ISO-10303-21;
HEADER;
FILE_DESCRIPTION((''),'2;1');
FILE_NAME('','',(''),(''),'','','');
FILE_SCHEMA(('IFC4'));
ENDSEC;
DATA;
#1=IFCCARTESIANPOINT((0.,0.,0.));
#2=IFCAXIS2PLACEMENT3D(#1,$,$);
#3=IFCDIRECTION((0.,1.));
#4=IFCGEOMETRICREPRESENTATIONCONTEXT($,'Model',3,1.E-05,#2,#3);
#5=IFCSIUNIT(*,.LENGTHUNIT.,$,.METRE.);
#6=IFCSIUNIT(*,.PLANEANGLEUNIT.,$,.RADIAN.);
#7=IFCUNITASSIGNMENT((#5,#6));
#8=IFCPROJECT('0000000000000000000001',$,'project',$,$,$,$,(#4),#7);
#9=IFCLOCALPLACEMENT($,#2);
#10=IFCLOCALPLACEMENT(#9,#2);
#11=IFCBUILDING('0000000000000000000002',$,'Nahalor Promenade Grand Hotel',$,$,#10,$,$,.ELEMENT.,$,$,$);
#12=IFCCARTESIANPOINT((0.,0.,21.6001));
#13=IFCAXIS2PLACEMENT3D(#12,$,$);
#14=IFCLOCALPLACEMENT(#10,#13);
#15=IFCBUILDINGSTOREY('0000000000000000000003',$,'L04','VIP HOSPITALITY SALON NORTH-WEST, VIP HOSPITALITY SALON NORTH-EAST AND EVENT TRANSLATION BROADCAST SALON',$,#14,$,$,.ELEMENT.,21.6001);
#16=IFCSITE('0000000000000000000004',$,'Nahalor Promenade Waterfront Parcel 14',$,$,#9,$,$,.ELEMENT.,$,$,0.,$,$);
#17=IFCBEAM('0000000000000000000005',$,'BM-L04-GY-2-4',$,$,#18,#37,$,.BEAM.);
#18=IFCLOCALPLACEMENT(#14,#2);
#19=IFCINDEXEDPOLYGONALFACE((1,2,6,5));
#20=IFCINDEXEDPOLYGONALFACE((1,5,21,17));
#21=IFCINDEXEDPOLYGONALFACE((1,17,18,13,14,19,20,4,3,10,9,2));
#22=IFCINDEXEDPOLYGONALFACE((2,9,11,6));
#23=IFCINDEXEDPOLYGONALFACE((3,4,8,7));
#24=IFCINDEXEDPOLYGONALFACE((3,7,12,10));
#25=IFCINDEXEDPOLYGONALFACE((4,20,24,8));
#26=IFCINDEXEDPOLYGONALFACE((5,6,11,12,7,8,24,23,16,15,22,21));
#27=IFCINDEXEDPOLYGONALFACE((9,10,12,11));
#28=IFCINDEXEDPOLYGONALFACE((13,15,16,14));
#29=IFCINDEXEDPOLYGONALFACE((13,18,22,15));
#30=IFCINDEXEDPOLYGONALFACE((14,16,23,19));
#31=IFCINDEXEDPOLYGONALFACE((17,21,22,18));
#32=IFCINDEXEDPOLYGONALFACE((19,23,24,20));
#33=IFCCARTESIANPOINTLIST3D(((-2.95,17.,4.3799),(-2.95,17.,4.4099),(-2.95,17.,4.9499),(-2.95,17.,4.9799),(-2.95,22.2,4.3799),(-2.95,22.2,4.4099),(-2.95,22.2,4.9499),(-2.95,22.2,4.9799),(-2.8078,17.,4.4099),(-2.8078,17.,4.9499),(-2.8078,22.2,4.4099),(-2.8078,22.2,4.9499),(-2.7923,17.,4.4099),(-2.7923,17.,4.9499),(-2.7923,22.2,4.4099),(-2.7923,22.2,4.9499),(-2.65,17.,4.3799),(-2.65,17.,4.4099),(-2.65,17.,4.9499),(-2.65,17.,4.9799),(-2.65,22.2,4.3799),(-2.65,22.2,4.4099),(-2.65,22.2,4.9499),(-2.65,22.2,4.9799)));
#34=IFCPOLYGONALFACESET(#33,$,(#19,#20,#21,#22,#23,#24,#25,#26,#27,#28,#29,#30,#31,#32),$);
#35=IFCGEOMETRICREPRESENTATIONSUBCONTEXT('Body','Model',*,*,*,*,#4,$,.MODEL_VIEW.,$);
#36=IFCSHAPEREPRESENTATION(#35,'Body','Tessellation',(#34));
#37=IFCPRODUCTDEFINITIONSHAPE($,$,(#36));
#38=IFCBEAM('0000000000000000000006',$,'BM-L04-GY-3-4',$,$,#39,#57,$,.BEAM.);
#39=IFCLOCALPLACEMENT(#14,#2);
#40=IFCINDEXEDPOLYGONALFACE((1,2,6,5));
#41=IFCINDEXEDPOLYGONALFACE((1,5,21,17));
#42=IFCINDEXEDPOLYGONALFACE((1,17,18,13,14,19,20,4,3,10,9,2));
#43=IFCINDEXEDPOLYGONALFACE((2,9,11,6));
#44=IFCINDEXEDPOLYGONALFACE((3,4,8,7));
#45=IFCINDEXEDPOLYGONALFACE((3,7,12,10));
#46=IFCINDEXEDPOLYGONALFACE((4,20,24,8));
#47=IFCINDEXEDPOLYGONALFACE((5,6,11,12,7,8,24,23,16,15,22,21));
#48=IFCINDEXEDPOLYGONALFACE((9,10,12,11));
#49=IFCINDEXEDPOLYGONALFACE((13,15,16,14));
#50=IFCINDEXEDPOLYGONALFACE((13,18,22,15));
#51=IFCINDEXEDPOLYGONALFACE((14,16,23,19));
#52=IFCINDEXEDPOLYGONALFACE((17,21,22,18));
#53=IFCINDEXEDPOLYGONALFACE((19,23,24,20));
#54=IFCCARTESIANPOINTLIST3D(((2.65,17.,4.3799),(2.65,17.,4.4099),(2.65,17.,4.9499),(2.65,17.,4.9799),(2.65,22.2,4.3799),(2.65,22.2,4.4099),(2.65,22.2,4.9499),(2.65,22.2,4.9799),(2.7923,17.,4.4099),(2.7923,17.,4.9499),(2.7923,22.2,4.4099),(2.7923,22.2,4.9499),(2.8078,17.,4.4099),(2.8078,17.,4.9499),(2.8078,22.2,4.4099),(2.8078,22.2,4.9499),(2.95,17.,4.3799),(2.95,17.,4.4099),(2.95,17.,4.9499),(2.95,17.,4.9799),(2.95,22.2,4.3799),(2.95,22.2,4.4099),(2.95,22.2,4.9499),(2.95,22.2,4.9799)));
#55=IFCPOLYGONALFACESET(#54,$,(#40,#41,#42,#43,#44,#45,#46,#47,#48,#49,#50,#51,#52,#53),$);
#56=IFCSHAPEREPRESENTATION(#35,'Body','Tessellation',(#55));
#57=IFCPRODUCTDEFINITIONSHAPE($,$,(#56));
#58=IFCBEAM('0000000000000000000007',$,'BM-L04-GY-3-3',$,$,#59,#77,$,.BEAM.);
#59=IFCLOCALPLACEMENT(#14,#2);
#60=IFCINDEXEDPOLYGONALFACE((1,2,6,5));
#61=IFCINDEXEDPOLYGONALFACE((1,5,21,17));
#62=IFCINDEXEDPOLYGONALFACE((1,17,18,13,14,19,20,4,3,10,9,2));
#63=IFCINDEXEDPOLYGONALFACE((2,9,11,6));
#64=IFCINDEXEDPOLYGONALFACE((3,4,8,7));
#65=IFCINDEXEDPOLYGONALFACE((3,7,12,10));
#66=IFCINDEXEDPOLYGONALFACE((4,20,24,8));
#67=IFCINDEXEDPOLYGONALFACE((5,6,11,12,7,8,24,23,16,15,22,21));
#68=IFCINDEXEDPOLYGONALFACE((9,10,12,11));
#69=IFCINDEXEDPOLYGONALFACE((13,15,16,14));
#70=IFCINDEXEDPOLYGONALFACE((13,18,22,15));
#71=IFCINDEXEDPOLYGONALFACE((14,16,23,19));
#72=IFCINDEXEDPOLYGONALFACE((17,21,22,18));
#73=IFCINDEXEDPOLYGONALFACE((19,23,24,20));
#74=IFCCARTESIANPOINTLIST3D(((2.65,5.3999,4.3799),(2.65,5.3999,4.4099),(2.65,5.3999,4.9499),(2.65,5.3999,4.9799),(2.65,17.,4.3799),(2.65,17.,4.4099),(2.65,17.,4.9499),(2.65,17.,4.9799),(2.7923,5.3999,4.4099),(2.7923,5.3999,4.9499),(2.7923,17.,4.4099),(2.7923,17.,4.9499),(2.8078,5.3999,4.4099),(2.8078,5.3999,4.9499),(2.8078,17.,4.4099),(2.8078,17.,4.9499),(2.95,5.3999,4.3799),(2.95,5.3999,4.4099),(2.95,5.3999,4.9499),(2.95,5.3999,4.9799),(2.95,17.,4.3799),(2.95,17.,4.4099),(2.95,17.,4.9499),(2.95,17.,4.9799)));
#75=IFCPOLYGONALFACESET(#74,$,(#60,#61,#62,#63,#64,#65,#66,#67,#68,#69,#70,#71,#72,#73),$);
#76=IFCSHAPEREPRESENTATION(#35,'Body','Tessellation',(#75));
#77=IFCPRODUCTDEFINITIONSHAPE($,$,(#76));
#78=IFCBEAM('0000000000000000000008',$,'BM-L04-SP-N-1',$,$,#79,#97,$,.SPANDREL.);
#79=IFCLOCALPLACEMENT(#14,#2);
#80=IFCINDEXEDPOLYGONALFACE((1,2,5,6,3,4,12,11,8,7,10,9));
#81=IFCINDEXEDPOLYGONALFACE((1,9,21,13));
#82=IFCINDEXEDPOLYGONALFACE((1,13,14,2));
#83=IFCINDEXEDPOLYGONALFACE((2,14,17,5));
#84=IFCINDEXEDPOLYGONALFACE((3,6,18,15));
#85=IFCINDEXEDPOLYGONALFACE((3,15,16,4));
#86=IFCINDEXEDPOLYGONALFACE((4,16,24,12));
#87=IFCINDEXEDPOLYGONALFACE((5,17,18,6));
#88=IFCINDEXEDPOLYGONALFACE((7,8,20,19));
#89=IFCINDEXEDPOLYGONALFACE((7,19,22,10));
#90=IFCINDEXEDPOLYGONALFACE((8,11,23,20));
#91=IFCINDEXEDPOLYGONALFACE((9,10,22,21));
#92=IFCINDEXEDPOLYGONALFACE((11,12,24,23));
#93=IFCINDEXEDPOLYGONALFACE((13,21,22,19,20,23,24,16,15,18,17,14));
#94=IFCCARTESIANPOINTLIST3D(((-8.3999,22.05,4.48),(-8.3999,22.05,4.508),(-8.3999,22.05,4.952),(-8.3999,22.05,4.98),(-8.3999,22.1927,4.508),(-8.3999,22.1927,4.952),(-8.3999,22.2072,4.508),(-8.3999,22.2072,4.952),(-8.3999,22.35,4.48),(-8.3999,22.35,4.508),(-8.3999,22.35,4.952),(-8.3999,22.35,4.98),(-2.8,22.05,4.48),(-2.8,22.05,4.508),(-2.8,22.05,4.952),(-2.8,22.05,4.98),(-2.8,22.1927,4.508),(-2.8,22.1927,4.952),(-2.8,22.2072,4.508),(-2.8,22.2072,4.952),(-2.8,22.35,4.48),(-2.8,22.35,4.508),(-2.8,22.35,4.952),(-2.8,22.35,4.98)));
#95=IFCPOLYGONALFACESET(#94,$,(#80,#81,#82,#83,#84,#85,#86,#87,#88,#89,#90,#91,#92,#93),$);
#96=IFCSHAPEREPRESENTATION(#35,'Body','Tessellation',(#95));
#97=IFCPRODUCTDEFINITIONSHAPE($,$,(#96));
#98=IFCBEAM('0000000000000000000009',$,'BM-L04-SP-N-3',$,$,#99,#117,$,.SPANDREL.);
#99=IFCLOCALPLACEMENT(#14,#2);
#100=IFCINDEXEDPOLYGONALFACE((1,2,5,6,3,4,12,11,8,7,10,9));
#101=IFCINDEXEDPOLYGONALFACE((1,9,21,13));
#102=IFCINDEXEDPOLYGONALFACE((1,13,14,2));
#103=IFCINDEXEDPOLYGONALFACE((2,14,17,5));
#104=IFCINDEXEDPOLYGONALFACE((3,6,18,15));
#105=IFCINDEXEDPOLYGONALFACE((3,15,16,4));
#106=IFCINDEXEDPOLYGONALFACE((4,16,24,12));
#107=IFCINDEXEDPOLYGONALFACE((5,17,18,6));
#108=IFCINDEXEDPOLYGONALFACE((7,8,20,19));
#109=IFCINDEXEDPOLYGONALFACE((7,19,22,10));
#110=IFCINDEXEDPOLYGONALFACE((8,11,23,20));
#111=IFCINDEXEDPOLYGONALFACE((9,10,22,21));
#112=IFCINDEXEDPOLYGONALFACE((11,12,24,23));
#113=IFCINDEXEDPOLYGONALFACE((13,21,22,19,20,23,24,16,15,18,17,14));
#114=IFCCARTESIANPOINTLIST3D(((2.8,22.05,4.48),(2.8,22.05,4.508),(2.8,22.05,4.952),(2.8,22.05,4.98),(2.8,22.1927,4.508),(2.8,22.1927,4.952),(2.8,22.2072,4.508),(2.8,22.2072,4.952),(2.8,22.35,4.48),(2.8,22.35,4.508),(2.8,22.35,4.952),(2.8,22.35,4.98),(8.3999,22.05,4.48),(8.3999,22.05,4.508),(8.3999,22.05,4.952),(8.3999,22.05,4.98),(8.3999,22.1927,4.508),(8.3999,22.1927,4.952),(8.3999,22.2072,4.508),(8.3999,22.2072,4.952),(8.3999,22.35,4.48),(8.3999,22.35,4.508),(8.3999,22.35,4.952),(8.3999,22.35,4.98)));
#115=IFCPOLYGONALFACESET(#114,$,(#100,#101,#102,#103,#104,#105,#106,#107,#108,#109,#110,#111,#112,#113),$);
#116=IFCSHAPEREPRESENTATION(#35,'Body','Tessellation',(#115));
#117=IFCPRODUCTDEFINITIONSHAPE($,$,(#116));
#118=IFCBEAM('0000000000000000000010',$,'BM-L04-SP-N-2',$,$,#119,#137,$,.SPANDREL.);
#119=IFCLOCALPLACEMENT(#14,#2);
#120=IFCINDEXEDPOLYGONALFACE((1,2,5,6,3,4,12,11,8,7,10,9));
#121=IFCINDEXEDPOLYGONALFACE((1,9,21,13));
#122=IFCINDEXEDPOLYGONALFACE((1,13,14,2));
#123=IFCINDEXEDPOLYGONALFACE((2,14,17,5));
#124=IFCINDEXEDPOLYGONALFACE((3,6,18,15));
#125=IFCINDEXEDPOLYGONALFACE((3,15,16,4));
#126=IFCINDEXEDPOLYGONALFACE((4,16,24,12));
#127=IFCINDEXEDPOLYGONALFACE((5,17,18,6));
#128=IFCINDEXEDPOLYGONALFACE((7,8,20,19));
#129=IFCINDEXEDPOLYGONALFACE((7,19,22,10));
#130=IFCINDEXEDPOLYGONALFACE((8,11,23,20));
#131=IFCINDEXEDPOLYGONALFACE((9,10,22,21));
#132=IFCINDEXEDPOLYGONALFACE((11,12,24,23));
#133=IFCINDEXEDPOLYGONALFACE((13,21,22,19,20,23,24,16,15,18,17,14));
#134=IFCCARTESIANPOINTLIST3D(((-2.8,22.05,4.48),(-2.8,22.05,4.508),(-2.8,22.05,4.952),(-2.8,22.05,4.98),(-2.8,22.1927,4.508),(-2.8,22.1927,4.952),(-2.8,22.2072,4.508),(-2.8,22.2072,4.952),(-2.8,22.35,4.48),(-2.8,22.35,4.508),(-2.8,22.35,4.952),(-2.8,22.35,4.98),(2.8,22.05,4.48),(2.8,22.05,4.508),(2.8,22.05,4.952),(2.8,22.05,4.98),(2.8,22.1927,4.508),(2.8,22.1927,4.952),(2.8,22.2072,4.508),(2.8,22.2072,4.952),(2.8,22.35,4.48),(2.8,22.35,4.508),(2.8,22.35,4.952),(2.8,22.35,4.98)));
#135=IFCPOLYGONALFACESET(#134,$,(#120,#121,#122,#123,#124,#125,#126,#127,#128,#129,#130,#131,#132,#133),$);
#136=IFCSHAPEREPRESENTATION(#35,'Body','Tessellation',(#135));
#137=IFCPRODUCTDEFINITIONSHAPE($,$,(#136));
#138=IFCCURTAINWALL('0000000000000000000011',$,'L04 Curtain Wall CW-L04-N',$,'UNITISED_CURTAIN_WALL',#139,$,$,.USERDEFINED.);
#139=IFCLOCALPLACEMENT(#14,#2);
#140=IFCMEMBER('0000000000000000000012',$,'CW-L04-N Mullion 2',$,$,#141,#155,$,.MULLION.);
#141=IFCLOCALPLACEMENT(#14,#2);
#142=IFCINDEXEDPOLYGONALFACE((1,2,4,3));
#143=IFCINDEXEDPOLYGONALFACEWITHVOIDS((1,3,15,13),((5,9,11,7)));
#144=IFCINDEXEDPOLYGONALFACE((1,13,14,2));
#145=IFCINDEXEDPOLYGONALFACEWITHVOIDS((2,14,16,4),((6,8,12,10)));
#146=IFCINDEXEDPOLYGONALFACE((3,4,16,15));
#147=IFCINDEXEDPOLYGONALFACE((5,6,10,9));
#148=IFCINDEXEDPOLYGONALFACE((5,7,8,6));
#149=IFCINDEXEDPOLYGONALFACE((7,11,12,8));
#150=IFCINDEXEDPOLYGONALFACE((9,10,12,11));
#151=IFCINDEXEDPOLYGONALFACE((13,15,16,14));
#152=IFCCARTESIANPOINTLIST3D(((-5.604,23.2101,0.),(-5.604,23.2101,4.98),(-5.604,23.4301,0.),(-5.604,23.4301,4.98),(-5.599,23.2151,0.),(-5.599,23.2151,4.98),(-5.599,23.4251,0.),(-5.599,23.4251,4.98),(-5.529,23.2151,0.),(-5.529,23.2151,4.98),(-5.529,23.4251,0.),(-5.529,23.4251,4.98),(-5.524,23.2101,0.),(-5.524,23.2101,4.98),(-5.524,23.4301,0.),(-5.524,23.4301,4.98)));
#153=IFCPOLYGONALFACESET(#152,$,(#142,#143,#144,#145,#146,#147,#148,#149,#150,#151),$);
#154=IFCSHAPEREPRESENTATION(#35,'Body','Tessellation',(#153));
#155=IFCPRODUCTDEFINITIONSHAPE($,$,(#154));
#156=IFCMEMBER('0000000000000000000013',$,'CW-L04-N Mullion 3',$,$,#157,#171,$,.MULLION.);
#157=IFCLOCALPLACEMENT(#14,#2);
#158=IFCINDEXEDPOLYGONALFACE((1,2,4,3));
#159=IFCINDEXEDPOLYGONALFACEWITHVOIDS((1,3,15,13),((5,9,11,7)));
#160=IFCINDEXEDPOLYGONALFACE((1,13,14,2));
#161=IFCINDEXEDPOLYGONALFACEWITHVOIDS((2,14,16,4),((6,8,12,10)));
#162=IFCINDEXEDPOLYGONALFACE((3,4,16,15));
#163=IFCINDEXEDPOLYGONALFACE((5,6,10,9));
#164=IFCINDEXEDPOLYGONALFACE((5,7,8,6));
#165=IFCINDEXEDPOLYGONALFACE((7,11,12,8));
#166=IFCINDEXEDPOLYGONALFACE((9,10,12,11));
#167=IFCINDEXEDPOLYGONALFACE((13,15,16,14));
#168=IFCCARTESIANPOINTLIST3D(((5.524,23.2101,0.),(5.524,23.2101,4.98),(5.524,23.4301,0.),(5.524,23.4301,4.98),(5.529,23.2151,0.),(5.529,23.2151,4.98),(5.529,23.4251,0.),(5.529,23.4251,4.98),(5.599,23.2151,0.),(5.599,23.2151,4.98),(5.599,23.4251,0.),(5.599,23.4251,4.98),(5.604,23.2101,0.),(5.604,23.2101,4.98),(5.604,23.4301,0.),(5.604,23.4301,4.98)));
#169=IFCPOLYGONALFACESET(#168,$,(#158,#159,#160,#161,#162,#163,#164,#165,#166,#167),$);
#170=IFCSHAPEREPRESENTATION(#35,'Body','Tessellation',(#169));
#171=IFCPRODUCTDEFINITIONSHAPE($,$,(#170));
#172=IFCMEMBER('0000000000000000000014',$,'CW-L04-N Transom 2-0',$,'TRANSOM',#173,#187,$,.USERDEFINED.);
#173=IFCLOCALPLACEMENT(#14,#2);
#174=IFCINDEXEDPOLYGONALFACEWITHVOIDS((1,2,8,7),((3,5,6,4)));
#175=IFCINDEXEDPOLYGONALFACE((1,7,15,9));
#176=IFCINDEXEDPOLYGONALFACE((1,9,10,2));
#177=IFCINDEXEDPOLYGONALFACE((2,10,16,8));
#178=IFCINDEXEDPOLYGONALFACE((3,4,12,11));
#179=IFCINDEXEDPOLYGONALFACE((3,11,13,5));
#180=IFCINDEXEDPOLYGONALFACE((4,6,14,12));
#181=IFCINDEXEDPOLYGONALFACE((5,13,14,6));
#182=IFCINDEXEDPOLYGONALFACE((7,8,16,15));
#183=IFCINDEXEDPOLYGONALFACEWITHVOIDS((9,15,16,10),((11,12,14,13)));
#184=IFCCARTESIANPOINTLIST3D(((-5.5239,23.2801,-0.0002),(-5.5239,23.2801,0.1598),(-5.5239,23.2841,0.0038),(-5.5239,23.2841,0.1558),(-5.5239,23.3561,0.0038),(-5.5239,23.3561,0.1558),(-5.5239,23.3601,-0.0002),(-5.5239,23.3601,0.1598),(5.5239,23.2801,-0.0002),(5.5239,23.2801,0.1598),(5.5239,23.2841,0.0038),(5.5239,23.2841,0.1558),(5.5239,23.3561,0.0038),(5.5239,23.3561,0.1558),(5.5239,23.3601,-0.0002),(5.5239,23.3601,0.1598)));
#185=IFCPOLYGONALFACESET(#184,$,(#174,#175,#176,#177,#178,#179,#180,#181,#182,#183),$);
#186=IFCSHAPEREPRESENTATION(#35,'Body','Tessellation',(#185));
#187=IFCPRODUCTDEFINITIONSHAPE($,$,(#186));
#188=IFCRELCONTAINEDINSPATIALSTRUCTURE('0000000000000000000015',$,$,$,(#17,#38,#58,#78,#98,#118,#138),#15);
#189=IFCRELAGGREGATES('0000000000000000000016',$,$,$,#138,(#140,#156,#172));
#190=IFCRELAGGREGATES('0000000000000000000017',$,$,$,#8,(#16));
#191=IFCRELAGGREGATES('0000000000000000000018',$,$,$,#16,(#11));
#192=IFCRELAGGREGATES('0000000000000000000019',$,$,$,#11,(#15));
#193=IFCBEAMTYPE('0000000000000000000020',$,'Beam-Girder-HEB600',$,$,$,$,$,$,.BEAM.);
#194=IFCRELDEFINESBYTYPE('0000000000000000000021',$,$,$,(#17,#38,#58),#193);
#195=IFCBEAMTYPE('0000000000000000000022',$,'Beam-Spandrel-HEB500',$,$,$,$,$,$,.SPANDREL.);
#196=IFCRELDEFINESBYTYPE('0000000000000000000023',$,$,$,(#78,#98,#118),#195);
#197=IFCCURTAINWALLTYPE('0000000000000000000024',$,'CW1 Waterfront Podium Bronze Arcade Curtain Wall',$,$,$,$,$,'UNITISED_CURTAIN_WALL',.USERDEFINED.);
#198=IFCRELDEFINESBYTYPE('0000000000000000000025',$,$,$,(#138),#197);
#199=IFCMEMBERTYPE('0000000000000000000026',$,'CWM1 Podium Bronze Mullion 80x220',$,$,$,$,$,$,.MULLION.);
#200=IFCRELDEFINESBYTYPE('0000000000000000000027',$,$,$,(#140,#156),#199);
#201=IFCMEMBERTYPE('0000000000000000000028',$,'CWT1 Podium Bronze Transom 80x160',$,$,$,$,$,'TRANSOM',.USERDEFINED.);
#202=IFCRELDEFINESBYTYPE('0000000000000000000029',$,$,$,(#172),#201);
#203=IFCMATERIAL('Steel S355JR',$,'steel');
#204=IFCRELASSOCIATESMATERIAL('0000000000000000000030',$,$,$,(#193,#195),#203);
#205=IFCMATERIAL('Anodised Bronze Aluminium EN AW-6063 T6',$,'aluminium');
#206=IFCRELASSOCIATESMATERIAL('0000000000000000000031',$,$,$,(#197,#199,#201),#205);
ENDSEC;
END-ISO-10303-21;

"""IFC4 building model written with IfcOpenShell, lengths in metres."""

from ifc_helpers import new_model, si_unit, direction, frame, origin, origin_2d, place, context, subcontext, project, spatial, hollow_rectangle, i_section, extrude, source, transform, mapped, material, material_profile, profile_set, type_object, element, aggregate, save


model = new_model("IFC4")

# Units and contexts
model_context = context("Model", 3, precision=1e-05, world=origin(), true_north=direction((0.0, 1.0)))
body_context = subcontext(model_context, "Body", "Model", "MODEL_VIEW")
ifc_project = project(units=[si_unit("LENGTHUNIT", "METRE"), si_unit("PLANEANGLEUNIT", "RADIAN")], contexts=[model_context])

# Site, building, storey
site_placement = place(None, origin())
site = spatial("IfcSite", under=ifc_project, at=site_placement, Name="Nahalor Promenade Waterfront Parcel 14", CompositionType="ELEMENT", RefElevation=0.0)
building_placement = place(site_placement, origin())
building = spatial("IfcBuilding", under=site, at=building_placement, Name="Nahalor Promenade Grand Hotel", CompositionType="ELEMENT")
storey_placement = place(building_placement, frame((0.0, 0.0, 21.6001)))
storey = spatial("IfcBuildingStorey", under=building, at=storey_placement, Name="L04", Description="VIP HOSPITALITY SALON NORTH-WEST, VIP HOSPITALITY SALON NORTH-EAST AND EVENT TRANSLATION BROADCAST SALON", CompositionType="ELEMENT", Elevation=21.6001)

# Beams
ifc_material_1 = material(Name="Steel S355JR", Category="steel")
ifc_material_profile_1 = material_profile(ifc_material_1, i_section(OverallWidth=0.3, OverallDepth=0.6, WebThickness=0.0155, FlangeThickness=0.03, at=origin_2d()), Name="HEB 600")
ifc_profile_set_1 = profile_set([ifc_material_profile_1], Name="Steel S355JR")
beam_type_1 = type_object("IfcBeamType", Name="Beam-Girder-HEB600", PredefinedType="BEAM", material=ifc_profile_set_1)
shared_shape_1 = source(origin(), body_context, "Body", "SweptSolid", [
    extrude(i_section(OverallWidth=0.3, OverallDepth=0.6, WebThickness=0.0155, FlangeThickness=0.03, at=origin_2d()), origin(), (0.0, 0.0, 1.0), 5.2),
])
for number, where, z_axis, x_axis, name in (
    (1, (-2.8, 17.0, 4.6799), (0.0, 1.0, 0.0), (-1.0, 0.0, 0.0), "BM-L04-GY-2-4"),
    (2, (2.8, 17.0, 4.6799), (0.0, 1.0, 0.0), (-1.0, 0.0, 0.0), "BM-L04-GY-3-4"),
):
    element("IfcBeam", number, at=place(storey_placement, frame(where, z_axis=z_axis, x_axis=x_axis)), inside=storey, type_object=beam_type_1, Name=name, PredefinedType="BEAM", context=body_context, shape_type="MappedRepresentation", body=[
        mapped(shared_shape_1, transform((0.0, 0.0, 0.0), scale=1.0)),
    ])
shared_shape_2 = source(origin(), body_context, "Body", "SweptSolid", [
    extrude(i_section(OverallWidth=0.3, OverallDepth=0.6, WebThickness=0.0155, FlangeThickness=0.03, at=origin_2d()), origin(), (0.0, 0.0, 1.0), 11.6001),
])
beam_1_placement = place(storey_placement, frame((2.8, 5.3999, 4.6799), z_axis=(0.0, 1.0, 0.0), x_axis=(-1.0, 0.0, 0.0)))
element("IfcBeam", 3, at=beam_1_placement, inside=storey, type_object=beam_type_1, Name="BM-L04-GY-3-3", PredefinedType="BEAM", context=body_context, shape_type="MappedRepresentation", body=[
    mapped(shared_shape_2, transform((0.0, 0.0, 0.0), scale=1.0)),
])
ifc_material_profile_2 = material_profile(ifc_material_1, i_section(OverallWidth=0.3, OverallDepth=0.5, WebThickness=0.0145, FlangeThickness=0.028, at=origin_2d()), Name="HEB 500")
ifc_profile_set_2 = profile_set([ifc_material_profile_2], Name="Steel S355JR")
beam_type_2 = type_object("IfcBeamType", Name="Beam-Spandrel-HEB500", PredefinedType="SPANDREL", material=ifc_profile_set_2)
shared_shape_3 = source(origin(), body_context, "Body", "SweptSolid", [
    extrude(i_section(OverallWidth=0.3, OverallDepth=0.5, WebThickness=0.0145, FlangeThickness=0.028, at=origin_2d()), origin(), (0.0, 0.0, 1.0), 5.5999),
])
for number, where, z_axis, x_axis, name in (
    (4, (-8.3999, 22.2, 4.73), (1.0, 0.0, 0.0), (0.0, 1.0, 0.0), "BM-L04-SP-N-1"),
    (5, (2.8, 22.2, 4.73), (1.0, 0.0, 0.0), (0.0, 1.0, 0.0), "BM-L04-SP-N-3"),
):
    element("IfcBeam", number, at=place(storey_placement, frame(where, z_axis=z_axis, x_axis=x_axis)), inside=storey, type_object=beam_type_2, Name=name, PredefinedType="SPANDREL", context=body_context, shape_type="MappedRepresentation", body=[
        mapped(shared_shape_3, transform((0.0, 0.0, 0.0), scale=1.0)),
    ])
shared_shape_4 = source(origin(), body_context, "Body", "SweptSolid", [
    extrude(i_section(OverallWidth=0.3, OverallDepth=0.5, WebThickness=0.0145, FlangeThickness=0.028, at=origin_2d()), origin(), (0.0, 0.0, 1.0), 5.6001),
])
beam_2_placement = place(storey_placement, frame((-2.8, 22.2, 4.73), z_axis=(1.0, 0.0, 0.0), x_axis=(0.0, 1.0, 0.0)))
element("IfcBeam", 6, at=beam_2_placement, inside=storey, type_object=beam_type_2, Name="BM-L04-SP-N-2", PredefinedType="SPANDREL", context=body_context, shape_type="MappedRepresentation", body=[
    mapped(shared_shape_4, transform((0.0, 0.0, 0.0), scale=1.0)),
])

# Curtain wall, members
ifc_material_2 = material(Name="Anodised Bronze Aluminium EN AW-6063 T6", Category="aluminium")
curtain_wall_type = type_object("IfcCurtainWallType", Name="CW1 Waterfront Podium Bronze Arcade Curtain Wall", ElementType="UNITISED_CURTAIN_WALL", PredefinedType="USERDEFINED", material=ifc_material_2)
curtain_wall_placement = place(storey_placement, origin())
curtain_wall = element("IfcCurtainWall", 7, at=curtain_wall_placement, inside=storey, type_object=curtain_wall_type, Name="L04 Curtain Wall CW-L04-N", ObjectType="UNITISED_CURTAIN_WALL", PredefinedType="USERDEFINED")
ifc_material_profile_3 = material_profile(ifc_material_2, hollow_rectangle(XDim=0.08, YDim=0.22, WallThickness=0.005, at=origin_2d()), Name="CWM 80x220x5")
ifc_profile_set_3 = profile_set([ifc_material_profile_3], Name="Anodised Bronze Aluminium EN AW-6063 T6")
member_type_1 = type_object("IfcMemberType", Name="CWM1 Podium Bronze Mullion 80x220", PredefinedType="MULLION", material=ifc_profile_set_3)
shared_shape_5 = source(origin(), body_context, "Body", "SweptSolid", [
    extrude(hollow_rectangle(XDim=0.08, YDim=0.22, WallThickness=0.005, at=origin_2d()), origin(), (0.0, 0.0, 1.0), 4.98),
])
member_1_placement = place(storey_placement, frame((-5.564, 23.3201, 0.0), z_axis=(0.0, 0.0, 1.0), x_axis=(1.0, 0.0, 0.0)))
member_1 = element("IfcMember", 8, at=member_1_placement, type_object=member_type_1, Name="CW-L04-N Mullion 2", PredefinedType="MULLION", context=body_context, shape_type="MappedRepresentation", body=[
    mapped(shared_shape_5, transform((0.0, 0.0, 0.0), scale=1.0)),
])
member_2_placement = place(storey_placement, frame((5.564, 23.3201, 0.0), z_axis=(0.0, 0.0, 1.0), x_axis=(1.0, 0.0, 0.0)))
member_2 = element("IfcMember", 9, at=member_2_placement, type_object=member_type_1, Name="CW-L04-N Mullion 3", PredefinedType="MULLION", context=body_context, shape_type="MappedRepresentation", body=[
    mapped(shared_shape_5, transform((0.0, 0.0, 0.0), scale=1.0)),
])
ifc_material_profile_4 = material_profile(ifc_material_2, hollow_rectangle(XDim=0.08, YDim=0.16, WallThickness=0.004, at=origin_2d()), Name="CWT 80x160x4")
ifc_profile_set_4 = profile_set([ifc_material_profile_4], Name="Anodised Bronze Aluminium EN AW-6063 T6")
member_type_2 = type_object("IfcMemberType", Name="CWT1 Podium Bronze Transom 80x160", ElementType="TRANSOM", PredefinedType="USERDEFINED", material=ifc_profile_set_4)
shared_shape_6 = source(origin(), body_context, "Body", "SweptSolid", [
    extrude(hollow_rectangle(XDim=0.08, YDim=0.16, WallThickness=0.004, at=origin_2d()), origin(), (0.0, 0.0, 1.0), 11.0479),
])
member_3_placement = place(storey_placement, frame((-5.5239, 23.3201, 0.0798), z_axis=(1.0, 0.0, 0.0), x_axis=(0.0, 1.0, 0.0)))
member_3 = element("IfcMember", 10, at=member_3_placement, type_object=member_type_2, Name="CW-L04-N Transom 2-0", ObjectType="TRANSOM", PredefinedType="USERDEFINED", context=body_context, shape_type="MappedRepresentation", body=[
    mapped(shared_shape_6, transform((0.0, 0.0, 0.0), scale=1.0)),
])
aggregate(curtain_wall, [member_1, member_2, member_3])

save(model, "model.ifc")
